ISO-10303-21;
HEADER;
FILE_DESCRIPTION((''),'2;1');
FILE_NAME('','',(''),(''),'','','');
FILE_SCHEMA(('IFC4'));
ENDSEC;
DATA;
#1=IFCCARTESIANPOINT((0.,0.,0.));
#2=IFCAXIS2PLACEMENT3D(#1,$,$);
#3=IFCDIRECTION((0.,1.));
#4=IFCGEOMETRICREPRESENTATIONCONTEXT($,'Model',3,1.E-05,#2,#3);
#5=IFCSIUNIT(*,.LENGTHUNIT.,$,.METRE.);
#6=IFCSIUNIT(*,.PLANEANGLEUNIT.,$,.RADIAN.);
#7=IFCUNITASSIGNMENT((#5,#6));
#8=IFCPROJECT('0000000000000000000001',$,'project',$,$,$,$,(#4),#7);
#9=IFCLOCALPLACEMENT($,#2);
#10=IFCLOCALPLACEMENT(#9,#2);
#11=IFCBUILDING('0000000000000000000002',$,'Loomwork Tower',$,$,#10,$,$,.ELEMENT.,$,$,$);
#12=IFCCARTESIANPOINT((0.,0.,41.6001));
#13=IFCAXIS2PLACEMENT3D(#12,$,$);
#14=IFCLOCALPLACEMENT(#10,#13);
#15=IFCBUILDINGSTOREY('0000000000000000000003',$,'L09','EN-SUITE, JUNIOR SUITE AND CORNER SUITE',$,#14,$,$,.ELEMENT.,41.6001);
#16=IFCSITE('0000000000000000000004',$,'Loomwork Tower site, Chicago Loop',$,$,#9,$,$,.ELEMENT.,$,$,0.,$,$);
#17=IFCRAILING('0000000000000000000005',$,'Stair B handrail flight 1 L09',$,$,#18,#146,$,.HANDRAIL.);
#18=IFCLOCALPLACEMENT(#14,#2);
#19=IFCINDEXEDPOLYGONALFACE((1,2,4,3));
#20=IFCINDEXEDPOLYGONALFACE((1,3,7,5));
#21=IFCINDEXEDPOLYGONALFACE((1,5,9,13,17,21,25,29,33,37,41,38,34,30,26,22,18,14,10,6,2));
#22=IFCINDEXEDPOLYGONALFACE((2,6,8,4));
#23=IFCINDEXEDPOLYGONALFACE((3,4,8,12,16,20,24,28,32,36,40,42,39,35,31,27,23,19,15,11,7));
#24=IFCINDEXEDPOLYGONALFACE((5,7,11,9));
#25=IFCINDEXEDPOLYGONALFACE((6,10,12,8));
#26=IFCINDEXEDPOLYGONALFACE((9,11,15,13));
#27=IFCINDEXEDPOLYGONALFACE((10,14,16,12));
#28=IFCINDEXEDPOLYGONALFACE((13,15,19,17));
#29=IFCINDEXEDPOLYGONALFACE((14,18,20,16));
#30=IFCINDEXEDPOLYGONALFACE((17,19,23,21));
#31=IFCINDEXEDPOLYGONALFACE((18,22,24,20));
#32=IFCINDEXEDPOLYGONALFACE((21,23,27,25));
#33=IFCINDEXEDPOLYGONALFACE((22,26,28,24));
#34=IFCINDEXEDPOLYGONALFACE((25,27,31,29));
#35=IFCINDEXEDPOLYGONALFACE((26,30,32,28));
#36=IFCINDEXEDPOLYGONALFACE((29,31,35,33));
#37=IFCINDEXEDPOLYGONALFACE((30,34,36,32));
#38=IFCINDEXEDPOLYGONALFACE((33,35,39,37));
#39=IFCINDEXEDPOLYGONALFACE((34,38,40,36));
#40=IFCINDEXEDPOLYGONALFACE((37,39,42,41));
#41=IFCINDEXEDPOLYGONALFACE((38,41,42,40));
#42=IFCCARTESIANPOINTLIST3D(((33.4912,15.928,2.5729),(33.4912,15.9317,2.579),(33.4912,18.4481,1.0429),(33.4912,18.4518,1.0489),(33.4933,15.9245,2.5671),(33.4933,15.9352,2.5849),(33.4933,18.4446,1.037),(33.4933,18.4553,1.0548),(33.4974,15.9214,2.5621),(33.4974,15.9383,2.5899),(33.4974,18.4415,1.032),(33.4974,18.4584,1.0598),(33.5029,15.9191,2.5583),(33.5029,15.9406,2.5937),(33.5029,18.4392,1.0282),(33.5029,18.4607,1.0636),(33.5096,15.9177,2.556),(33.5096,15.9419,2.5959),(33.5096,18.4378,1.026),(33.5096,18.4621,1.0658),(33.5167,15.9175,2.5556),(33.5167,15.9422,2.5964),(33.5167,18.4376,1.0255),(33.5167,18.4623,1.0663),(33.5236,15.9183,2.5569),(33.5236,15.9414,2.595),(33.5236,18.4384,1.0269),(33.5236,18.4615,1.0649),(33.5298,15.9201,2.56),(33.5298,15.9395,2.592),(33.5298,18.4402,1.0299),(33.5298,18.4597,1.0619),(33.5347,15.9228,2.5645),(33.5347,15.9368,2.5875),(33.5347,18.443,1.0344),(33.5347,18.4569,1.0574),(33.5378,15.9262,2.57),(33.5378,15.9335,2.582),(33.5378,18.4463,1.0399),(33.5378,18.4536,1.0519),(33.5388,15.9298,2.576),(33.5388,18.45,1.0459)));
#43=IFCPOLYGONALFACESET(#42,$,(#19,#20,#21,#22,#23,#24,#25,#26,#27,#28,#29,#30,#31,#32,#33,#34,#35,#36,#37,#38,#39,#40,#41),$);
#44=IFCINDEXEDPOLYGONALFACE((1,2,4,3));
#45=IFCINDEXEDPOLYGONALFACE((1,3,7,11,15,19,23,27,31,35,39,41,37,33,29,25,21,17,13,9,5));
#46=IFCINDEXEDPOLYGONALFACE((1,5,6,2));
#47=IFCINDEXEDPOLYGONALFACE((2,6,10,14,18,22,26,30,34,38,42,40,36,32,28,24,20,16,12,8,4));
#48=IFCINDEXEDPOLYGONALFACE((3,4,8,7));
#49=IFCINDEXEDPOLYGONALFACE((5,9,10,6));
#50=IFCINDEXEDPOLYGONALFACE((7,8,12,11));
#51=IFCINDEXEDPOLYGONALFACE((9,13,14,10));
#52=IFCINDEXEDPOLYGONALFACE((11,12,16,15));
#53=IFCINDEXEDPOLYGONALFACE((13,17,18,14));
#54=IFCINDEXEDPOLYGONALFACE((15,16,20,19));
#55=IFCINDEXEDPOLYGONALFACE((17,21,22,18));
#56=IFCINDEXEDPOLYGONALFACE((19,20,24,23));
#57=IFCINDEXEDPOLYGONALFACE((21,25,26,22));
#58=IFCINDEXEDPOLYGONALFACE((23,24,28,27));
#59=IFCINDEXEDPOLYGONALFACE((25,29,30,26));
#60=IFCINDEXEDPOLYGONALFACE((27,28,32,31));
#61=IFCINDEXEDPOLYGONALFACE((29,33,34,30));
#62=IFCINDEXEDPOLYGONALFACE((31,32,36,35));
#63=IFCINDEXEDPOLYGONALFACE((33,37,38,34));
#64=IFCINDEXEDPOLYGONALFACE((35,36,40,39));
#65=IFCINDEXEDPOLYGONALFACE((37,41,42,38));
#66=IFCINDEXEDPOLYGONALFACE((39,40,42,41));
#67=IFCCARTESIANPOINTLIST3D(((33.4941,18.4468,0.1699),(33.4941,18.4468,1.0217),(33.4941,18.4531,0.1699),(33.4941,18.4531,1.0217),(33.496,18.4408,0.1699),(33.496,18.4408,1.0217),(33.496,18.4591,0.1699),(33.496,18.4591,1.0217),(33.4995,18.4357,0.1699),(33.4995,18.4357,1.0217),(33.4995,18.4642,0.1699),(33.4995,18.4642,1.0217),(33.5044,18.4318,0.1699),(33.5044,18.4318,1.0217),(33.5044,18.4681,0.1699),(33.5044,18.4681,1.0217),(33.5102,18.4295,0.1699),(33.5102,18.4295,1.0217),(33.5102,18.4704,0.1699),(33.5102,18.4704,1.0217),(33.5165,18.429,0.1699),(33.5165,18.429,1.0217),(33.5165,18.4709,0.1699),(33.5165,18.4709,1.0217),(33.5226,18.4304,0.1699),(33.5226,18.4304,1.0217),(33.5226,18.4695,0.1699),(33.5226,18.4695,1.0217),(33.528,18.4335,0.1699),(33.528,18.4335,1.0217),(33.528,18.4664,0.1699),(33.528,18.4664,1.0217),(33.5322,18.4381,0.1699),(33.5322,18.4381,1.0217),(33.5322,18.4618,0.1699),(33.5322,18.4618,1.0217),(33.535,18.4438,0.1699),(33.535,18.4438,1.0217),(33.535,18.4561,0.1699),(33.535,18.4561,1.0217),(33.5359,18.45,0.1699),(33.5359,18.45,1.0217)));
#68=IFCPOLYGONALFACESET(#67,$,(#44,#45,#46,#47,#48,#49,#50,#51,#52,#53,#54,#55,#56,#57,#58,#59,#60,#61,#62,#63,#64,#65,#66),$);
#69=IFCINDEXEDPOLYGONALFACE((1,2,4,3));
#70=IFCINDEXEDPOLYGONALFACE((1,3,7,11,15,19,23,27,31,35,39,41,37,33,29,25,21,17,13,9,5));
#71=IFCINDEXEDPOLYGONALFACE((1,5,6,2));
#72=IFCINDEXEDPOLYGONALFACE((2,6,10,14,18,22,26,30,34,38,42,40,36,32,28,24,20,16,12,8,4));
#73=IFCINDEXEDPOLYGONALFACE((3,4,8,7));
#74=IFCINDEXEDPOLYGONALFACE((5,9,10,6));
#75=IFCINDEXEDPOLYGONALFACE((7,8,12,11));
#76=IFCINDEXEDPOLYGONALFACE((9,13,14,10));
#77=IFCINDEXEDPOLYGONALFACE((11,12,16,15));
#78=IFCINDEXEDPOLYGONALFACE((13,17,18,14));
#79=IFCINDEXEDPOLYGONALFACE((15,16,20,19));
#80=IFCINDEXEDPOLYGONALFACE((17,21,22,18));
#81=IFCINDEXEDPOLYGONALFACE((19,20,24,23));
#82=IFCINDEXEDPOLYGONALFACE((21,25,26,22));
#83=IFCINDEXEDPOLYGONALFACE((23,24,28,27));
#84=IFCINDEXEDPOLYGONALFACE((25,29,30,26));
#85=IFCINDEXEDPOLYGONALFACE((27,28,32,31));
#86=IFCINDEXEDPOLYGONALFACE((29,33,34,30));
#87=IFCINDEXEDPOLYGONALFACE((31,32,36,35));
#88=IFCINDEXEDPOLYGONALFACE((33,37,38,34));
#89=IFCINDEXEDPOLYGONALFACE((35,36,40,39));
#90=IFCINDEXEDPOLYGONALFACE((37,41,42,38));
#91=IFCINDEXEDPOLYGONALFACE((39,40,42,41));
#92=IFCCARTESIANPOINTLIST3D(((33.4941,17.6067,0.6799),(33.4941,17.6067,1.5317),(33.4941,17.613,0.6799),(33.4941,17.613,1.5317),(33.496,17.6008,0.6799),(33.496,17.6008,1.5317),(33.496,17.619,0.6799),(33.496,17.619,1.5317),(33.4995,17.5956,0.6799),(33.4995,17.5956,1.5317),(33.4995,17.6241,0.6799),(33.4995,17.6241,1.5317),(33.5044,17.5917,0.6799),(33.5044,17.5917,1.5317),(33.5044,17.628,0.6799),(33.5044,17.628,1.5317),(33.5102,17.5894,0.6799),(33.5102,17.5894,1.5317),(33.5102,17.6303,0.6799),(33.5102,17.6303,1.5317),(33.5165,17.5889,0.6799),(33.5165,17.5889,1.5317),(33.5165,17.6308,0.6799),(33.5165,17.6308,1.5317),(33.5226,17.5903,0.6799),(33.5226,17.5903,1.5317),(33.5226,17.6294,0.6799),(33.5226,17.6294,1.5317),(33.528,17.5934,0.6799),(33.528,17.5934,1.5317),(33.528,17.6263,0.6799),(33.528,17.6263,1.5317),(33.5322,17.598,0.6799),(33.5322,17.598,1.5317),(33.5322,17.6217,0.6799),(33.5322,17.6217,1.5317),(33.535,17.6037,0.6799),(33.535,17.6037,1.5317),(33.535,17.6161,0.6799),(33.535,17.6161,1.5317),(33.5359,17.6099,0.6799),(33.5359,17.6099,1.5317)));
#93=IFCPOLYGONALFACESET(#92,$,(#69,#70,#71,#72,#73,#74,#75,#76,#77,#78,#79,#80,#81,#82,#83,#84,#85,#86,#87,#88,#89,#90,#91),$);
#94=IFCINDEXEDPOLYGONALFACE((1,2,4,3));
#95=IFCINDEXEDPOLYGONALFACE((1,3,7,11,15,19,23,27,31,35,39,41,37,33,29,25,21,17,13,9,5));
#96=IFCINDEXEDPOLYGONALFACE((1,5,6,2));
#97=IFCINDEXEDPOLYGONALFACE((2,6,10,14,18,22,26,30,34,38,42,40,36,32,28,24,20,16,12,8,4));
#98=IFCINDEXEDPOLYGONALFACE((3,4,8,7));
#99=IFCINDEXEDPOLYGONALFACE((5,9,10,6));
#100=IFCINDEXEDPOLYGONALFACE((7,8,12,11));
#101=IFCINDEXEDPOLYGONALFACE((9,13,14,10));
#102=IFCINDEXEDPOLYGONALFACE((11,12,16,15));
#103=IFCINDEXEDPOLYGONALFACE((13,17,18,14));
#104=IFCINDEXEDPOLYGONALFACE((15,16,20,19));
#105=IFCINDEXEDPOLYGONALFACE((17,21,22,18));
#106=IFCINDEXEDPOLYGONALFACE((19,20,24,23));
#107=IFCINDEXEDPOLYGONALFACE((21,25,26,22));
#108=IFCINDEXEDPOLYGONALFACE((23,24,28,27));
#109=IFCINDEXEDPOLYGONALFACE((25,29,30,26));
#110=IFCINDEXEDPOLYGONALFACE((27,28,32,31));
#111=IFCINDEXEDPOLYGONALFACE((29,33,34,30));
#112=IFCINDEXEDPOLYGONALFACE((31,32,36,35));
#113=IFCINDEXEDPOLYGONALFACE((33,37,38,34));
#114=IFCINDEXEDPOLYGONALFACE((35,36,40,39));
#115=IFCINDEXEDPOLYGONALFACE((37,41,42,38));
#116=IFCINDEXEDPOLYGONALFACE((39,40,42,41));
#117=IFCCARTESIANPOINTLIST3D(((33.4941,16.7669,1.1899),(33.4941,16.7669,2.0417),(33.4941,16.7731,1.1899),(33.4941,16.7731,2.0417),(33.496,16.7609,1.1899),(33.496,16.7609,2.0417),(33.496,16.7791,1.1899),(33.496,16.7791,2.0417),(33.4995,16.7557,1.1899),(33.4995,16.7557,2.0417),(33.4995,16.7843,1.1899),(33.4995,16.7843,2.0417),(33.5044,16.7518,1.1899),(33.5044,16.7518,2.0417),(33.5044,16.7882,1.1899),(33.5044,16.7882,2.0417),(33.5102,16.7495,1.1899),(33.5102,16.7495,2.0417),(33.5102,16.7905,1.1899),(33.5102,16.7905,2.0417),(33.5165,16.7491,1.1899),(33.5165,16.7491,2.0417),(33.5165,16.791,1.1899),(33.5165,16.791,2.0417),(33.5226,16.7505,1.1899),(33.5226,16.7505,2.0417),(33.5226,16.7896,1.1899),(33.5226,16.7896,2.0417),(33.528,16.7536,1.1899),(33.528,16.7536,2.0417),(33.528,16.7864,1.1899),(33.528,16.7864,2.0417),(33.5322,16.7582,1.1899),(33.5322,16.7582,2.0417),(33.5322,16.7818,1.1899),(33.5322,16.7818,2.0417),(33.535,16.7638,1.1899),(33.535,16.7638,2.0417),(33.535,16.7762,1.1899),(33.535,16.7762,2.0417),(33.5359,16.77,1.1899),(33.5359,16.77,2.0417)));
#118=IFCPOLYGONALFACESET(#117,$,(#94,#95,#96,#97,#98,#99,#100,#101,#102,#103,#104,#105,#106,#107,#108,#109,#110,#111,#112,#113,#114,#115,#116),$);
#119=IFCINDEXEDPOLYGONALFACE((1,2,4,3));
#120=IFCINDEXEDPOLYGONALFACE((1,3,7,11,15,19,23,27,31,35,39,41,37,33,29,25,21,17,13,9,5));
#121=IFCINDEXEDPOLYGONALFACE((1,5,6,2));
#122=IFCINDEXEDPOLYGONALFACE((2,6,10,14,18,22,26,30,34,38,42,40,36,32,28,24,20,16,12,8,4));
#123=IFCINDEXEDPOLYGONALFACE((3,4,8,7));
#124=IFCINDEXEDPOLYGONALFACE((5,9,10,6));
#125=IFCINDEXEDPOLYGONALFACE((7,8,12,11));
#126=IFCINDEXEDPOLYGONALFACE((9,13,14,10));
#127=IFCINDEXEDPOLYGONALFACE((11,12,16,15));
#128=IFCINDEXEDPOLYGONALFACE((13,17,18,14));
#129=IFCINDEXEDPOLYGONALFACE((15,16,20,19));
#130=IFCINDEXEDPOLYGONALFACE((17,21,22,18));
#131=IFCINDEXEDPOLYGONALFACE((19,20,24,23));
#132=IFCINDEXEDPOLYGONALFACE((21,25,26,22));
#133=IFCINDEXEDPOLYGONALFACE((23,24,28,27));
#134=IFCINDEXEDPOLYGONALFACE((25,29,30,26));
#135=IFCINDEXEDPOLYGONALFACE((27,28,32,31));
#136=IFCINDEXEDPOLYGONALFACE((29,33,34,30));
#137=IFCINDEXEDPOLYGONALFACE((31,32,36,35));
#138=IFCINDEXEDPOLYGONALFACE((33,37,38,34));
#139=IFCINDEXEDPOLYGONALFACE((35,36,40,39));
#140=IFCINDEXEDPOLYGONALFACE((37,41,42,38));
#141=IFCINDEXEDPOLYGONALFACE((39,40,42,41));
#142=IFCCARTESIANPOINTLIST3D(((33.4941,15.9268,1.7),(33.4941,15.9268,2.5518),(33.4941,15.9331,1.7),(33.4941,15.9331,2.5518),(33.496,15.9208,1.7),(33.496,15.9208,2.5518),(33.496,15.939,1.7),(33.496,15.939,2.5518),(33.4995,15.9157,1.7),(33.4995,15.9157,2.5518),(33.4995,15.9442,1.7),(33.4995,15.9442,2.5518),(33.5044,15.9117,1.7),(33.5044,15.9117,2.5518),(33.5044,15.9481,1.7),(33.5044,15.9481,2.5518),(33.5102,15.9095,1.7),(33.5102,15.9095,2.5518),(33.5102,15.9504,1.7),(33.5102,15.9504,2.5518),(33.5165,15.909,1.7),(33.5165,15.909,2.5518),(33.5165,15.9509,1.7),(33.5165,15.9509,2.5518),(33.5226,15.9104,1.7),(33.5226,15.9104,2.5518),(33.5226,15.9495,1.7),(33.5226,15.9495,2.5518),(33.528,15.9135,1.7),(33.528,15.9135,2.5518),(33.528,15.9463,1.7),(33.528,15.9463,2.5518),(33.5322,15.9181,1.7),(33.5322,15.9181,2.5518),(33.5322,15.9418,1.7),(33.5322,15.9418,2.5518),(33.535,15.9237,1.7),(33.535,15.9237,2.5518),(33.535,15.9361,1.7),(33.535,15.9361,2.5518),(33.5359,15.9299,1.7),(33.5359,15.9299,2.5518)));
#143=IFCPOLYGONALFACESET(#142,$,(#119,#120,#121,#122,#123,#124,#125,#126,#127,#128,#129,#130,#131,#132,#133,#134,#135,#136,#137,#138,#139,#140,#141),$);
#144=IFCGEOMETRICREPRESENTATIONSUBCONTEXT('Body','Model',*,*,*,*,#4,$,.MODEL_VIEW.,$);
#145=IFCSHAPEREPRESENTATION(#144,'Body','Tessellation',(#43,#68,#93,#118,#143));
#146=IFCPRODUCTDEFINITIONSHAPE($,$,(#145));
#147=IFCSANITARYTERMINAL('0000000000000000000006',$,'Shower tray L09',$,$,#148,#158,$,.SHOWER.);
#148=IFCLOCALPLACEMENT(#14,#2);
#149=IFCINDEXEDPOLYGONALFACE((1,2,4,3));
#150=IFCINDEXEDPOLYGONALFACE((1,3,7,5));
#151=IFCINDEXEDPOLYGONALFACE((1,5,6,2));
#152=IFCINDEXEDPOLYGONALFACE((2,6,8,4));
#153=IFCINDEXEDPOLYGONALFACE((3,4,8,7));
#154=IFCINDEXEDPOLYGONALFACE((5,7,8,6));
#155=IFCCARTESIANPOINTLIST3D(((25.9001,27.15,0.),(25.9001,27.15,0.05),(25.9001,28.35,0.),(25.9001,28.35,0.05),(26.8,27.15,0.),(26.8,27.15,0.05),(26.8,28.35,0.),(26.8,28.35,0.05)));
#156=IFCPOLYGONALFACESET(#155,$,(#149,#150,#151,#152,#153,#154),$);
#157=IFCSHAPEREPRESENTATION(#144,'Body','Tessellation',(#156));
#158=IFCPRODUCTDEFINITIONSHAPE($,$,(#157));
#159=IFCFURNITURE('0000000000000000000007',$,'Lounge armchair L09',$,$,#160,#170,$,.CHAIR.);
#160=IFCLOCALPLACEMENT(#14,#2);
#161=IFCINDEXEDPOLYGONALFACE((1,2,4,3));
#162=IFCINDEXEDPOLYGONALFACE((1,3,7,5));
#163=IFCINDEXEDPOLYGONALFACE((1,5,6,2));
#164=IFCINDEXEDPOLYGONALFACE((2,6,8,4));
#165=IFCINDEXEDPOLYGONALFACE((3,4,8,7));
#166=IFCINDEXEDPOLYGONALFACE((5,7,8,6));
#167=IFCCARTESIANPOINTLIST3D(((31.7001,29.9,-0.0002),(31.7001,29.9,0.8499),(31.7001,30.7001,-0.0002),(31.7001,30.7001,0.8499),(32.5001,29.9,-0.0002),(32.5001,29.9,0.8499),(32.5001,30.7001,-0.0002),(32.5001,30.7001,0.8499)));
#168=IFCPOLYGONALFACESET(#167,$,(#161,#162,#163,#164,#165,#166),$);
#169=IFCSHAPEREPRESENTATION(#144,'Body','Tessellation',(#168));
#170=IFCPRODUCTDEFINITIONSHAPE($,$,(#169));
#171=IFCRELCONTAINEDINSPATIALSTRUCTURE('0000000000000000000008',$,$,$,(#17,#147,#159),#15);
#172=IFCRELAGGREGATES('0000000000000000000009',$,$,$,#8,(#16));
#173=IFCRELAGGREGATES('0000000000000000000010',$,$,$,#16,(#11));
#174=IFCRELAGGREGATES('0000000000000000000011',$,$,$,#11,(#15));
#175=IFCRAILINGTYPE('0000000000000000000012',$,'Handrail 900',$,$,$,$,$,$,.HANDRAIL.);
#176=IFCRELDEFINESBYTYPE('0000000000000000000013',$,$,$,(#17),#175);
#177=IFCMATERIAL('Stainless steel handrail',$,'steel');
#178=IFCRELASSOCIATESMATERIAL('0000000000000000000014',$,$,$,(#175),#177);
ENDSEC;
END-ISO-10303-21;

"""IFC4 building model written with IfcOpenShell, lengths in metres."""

from ifc_helpers import new_model, si_unit, direction, frame, origin, origin_2d, place, context, subcontext, project, spatial, rectangle, circle, extrude, material, type_object, element, save


model = new_model("IFC4")

# Units and contexts
model_context = context("Model", 3, precision=1e-05, world=origin(), true_north=direction((0.0, 1.0)))
body_context = subcontext(model_context, "Body", "Model", "MODEL_VIEW")
ifc_project = project(units=[si_unit("LENGTHUNIT", "METRE"), si_unit("PLANEANGLEUNIT", "RADIAN")], contexts=[model_context])

# Site, building, storey
site_placement = place(None, origin())
site = spatial("IfcSite", under=ifc_project, at=site_placement, Name="Loomwork Tower site, Chicago Loop", CompositionType="ELEMENT", RefElevation=0.0)
building_placement = place(site_placement, origin())
building = spatial("IfcBuilding", under=site, at=building_placement, Name="Loomwork Tower", CompositionType="ELEMENT")
storey_placement = place(building_placement, frame((0.0, 0.0, 41.6001)))
storey = spatial("IfcBuildingStorey", under=building, at=storey_placement, Name="L09", Description="EN-SUITE, JUNIOR SUITE AND CORNER SUITE", CompositionType="ELEMENT", Elevation=41.6001)

# Railing
ifc_material_1 = material(Name="Stainless steel handrail", Category="steel")
railing_type = type_object("IfcRailingType", Name="Handrail 900", PredefinedType="HANDRAIL", material=ifc_material_1)
railing_placement = place(storey_placement, frame((33.5149, 18.45, 0.1699)))
element("IfcRailing", 1, at=railing_placement, inside=storey, type_object=railing_type, Name="Stair B handrail flight 1 L09", PredefinedType="HANDRAIL", context=body_context, shape_type="SweptSolid", body=[
    extrude(circle(Radius=0.0239, at=origin_2d()), frame((0.0, 0.0, 0.876), z_axis=(0.0, -0.854785, 0.518982), x_axis=(1.0, 0.0, 0.0)), (0.0, 0.0, 1.0), 2.9482),
    extrude(circle(Radius=0.021, at=origin_2d()), origin(), (0.0, 0.0, 1.0), 0.8518),
    extrude(circle(Radius=0.021, at=origin_2d()), frame((0.0, -0.8401, 0.51)), (0.0, 0.0, 1.0), 0.8518),
    extrude(circle(Radius=0.021, at=origin_2d()), frame((0.0, -1.6799, 1.02)), (0.0, 0.0, 1.0), 0.8518),
    extrude(circle(Radius=0.021, at=origin_2d()), frame((0.0, -2.52, 1.53)), (0.0, 0.0, 1.0), 0.8518),
])

# Sanitary terminal
sanitary_terminal_placement = place(storey_placement, frame((26.3501, 27.75, 0.0), z_axis=(0.0, 0.0, 1.0), x_axis=(1.0, 0.0, 0.0)))
element("IfcSanitaryTerminal", 2, at=sanitary_terminal_placement, inside=storey, Name="Shower tray L09", PredefinedType="SHOWER", context=body_context, shape_type="SweptSolid", body=[
    extrude(rectangle(XDim=0.8999, YDim=1.2, at=origin_2d()), origin(), (0.0, 0.0, 1.0), 0.05),
])

# Furniture
furniture_placement = place(storey_placement, frame((32.1001, 30.3, -0.0002), z_axis=(0.0, 0.0, 1.0), x_axis=(1.0, 0.0, 0.0)))
element("IfcFurniture", 3, at=furniture_placement, inside=storey, Name="Lounge armchair L09", PredefinedType="CHAIR", context=body_context, shape_type="SweptSolid", body=[
    extrude(rectangle(XDim=0.8, YDim=0.8, at=origin_2d()), origin(), (0.0, 0.0, 1.0), 0.8501),
])

save(model, "model.ifc")
